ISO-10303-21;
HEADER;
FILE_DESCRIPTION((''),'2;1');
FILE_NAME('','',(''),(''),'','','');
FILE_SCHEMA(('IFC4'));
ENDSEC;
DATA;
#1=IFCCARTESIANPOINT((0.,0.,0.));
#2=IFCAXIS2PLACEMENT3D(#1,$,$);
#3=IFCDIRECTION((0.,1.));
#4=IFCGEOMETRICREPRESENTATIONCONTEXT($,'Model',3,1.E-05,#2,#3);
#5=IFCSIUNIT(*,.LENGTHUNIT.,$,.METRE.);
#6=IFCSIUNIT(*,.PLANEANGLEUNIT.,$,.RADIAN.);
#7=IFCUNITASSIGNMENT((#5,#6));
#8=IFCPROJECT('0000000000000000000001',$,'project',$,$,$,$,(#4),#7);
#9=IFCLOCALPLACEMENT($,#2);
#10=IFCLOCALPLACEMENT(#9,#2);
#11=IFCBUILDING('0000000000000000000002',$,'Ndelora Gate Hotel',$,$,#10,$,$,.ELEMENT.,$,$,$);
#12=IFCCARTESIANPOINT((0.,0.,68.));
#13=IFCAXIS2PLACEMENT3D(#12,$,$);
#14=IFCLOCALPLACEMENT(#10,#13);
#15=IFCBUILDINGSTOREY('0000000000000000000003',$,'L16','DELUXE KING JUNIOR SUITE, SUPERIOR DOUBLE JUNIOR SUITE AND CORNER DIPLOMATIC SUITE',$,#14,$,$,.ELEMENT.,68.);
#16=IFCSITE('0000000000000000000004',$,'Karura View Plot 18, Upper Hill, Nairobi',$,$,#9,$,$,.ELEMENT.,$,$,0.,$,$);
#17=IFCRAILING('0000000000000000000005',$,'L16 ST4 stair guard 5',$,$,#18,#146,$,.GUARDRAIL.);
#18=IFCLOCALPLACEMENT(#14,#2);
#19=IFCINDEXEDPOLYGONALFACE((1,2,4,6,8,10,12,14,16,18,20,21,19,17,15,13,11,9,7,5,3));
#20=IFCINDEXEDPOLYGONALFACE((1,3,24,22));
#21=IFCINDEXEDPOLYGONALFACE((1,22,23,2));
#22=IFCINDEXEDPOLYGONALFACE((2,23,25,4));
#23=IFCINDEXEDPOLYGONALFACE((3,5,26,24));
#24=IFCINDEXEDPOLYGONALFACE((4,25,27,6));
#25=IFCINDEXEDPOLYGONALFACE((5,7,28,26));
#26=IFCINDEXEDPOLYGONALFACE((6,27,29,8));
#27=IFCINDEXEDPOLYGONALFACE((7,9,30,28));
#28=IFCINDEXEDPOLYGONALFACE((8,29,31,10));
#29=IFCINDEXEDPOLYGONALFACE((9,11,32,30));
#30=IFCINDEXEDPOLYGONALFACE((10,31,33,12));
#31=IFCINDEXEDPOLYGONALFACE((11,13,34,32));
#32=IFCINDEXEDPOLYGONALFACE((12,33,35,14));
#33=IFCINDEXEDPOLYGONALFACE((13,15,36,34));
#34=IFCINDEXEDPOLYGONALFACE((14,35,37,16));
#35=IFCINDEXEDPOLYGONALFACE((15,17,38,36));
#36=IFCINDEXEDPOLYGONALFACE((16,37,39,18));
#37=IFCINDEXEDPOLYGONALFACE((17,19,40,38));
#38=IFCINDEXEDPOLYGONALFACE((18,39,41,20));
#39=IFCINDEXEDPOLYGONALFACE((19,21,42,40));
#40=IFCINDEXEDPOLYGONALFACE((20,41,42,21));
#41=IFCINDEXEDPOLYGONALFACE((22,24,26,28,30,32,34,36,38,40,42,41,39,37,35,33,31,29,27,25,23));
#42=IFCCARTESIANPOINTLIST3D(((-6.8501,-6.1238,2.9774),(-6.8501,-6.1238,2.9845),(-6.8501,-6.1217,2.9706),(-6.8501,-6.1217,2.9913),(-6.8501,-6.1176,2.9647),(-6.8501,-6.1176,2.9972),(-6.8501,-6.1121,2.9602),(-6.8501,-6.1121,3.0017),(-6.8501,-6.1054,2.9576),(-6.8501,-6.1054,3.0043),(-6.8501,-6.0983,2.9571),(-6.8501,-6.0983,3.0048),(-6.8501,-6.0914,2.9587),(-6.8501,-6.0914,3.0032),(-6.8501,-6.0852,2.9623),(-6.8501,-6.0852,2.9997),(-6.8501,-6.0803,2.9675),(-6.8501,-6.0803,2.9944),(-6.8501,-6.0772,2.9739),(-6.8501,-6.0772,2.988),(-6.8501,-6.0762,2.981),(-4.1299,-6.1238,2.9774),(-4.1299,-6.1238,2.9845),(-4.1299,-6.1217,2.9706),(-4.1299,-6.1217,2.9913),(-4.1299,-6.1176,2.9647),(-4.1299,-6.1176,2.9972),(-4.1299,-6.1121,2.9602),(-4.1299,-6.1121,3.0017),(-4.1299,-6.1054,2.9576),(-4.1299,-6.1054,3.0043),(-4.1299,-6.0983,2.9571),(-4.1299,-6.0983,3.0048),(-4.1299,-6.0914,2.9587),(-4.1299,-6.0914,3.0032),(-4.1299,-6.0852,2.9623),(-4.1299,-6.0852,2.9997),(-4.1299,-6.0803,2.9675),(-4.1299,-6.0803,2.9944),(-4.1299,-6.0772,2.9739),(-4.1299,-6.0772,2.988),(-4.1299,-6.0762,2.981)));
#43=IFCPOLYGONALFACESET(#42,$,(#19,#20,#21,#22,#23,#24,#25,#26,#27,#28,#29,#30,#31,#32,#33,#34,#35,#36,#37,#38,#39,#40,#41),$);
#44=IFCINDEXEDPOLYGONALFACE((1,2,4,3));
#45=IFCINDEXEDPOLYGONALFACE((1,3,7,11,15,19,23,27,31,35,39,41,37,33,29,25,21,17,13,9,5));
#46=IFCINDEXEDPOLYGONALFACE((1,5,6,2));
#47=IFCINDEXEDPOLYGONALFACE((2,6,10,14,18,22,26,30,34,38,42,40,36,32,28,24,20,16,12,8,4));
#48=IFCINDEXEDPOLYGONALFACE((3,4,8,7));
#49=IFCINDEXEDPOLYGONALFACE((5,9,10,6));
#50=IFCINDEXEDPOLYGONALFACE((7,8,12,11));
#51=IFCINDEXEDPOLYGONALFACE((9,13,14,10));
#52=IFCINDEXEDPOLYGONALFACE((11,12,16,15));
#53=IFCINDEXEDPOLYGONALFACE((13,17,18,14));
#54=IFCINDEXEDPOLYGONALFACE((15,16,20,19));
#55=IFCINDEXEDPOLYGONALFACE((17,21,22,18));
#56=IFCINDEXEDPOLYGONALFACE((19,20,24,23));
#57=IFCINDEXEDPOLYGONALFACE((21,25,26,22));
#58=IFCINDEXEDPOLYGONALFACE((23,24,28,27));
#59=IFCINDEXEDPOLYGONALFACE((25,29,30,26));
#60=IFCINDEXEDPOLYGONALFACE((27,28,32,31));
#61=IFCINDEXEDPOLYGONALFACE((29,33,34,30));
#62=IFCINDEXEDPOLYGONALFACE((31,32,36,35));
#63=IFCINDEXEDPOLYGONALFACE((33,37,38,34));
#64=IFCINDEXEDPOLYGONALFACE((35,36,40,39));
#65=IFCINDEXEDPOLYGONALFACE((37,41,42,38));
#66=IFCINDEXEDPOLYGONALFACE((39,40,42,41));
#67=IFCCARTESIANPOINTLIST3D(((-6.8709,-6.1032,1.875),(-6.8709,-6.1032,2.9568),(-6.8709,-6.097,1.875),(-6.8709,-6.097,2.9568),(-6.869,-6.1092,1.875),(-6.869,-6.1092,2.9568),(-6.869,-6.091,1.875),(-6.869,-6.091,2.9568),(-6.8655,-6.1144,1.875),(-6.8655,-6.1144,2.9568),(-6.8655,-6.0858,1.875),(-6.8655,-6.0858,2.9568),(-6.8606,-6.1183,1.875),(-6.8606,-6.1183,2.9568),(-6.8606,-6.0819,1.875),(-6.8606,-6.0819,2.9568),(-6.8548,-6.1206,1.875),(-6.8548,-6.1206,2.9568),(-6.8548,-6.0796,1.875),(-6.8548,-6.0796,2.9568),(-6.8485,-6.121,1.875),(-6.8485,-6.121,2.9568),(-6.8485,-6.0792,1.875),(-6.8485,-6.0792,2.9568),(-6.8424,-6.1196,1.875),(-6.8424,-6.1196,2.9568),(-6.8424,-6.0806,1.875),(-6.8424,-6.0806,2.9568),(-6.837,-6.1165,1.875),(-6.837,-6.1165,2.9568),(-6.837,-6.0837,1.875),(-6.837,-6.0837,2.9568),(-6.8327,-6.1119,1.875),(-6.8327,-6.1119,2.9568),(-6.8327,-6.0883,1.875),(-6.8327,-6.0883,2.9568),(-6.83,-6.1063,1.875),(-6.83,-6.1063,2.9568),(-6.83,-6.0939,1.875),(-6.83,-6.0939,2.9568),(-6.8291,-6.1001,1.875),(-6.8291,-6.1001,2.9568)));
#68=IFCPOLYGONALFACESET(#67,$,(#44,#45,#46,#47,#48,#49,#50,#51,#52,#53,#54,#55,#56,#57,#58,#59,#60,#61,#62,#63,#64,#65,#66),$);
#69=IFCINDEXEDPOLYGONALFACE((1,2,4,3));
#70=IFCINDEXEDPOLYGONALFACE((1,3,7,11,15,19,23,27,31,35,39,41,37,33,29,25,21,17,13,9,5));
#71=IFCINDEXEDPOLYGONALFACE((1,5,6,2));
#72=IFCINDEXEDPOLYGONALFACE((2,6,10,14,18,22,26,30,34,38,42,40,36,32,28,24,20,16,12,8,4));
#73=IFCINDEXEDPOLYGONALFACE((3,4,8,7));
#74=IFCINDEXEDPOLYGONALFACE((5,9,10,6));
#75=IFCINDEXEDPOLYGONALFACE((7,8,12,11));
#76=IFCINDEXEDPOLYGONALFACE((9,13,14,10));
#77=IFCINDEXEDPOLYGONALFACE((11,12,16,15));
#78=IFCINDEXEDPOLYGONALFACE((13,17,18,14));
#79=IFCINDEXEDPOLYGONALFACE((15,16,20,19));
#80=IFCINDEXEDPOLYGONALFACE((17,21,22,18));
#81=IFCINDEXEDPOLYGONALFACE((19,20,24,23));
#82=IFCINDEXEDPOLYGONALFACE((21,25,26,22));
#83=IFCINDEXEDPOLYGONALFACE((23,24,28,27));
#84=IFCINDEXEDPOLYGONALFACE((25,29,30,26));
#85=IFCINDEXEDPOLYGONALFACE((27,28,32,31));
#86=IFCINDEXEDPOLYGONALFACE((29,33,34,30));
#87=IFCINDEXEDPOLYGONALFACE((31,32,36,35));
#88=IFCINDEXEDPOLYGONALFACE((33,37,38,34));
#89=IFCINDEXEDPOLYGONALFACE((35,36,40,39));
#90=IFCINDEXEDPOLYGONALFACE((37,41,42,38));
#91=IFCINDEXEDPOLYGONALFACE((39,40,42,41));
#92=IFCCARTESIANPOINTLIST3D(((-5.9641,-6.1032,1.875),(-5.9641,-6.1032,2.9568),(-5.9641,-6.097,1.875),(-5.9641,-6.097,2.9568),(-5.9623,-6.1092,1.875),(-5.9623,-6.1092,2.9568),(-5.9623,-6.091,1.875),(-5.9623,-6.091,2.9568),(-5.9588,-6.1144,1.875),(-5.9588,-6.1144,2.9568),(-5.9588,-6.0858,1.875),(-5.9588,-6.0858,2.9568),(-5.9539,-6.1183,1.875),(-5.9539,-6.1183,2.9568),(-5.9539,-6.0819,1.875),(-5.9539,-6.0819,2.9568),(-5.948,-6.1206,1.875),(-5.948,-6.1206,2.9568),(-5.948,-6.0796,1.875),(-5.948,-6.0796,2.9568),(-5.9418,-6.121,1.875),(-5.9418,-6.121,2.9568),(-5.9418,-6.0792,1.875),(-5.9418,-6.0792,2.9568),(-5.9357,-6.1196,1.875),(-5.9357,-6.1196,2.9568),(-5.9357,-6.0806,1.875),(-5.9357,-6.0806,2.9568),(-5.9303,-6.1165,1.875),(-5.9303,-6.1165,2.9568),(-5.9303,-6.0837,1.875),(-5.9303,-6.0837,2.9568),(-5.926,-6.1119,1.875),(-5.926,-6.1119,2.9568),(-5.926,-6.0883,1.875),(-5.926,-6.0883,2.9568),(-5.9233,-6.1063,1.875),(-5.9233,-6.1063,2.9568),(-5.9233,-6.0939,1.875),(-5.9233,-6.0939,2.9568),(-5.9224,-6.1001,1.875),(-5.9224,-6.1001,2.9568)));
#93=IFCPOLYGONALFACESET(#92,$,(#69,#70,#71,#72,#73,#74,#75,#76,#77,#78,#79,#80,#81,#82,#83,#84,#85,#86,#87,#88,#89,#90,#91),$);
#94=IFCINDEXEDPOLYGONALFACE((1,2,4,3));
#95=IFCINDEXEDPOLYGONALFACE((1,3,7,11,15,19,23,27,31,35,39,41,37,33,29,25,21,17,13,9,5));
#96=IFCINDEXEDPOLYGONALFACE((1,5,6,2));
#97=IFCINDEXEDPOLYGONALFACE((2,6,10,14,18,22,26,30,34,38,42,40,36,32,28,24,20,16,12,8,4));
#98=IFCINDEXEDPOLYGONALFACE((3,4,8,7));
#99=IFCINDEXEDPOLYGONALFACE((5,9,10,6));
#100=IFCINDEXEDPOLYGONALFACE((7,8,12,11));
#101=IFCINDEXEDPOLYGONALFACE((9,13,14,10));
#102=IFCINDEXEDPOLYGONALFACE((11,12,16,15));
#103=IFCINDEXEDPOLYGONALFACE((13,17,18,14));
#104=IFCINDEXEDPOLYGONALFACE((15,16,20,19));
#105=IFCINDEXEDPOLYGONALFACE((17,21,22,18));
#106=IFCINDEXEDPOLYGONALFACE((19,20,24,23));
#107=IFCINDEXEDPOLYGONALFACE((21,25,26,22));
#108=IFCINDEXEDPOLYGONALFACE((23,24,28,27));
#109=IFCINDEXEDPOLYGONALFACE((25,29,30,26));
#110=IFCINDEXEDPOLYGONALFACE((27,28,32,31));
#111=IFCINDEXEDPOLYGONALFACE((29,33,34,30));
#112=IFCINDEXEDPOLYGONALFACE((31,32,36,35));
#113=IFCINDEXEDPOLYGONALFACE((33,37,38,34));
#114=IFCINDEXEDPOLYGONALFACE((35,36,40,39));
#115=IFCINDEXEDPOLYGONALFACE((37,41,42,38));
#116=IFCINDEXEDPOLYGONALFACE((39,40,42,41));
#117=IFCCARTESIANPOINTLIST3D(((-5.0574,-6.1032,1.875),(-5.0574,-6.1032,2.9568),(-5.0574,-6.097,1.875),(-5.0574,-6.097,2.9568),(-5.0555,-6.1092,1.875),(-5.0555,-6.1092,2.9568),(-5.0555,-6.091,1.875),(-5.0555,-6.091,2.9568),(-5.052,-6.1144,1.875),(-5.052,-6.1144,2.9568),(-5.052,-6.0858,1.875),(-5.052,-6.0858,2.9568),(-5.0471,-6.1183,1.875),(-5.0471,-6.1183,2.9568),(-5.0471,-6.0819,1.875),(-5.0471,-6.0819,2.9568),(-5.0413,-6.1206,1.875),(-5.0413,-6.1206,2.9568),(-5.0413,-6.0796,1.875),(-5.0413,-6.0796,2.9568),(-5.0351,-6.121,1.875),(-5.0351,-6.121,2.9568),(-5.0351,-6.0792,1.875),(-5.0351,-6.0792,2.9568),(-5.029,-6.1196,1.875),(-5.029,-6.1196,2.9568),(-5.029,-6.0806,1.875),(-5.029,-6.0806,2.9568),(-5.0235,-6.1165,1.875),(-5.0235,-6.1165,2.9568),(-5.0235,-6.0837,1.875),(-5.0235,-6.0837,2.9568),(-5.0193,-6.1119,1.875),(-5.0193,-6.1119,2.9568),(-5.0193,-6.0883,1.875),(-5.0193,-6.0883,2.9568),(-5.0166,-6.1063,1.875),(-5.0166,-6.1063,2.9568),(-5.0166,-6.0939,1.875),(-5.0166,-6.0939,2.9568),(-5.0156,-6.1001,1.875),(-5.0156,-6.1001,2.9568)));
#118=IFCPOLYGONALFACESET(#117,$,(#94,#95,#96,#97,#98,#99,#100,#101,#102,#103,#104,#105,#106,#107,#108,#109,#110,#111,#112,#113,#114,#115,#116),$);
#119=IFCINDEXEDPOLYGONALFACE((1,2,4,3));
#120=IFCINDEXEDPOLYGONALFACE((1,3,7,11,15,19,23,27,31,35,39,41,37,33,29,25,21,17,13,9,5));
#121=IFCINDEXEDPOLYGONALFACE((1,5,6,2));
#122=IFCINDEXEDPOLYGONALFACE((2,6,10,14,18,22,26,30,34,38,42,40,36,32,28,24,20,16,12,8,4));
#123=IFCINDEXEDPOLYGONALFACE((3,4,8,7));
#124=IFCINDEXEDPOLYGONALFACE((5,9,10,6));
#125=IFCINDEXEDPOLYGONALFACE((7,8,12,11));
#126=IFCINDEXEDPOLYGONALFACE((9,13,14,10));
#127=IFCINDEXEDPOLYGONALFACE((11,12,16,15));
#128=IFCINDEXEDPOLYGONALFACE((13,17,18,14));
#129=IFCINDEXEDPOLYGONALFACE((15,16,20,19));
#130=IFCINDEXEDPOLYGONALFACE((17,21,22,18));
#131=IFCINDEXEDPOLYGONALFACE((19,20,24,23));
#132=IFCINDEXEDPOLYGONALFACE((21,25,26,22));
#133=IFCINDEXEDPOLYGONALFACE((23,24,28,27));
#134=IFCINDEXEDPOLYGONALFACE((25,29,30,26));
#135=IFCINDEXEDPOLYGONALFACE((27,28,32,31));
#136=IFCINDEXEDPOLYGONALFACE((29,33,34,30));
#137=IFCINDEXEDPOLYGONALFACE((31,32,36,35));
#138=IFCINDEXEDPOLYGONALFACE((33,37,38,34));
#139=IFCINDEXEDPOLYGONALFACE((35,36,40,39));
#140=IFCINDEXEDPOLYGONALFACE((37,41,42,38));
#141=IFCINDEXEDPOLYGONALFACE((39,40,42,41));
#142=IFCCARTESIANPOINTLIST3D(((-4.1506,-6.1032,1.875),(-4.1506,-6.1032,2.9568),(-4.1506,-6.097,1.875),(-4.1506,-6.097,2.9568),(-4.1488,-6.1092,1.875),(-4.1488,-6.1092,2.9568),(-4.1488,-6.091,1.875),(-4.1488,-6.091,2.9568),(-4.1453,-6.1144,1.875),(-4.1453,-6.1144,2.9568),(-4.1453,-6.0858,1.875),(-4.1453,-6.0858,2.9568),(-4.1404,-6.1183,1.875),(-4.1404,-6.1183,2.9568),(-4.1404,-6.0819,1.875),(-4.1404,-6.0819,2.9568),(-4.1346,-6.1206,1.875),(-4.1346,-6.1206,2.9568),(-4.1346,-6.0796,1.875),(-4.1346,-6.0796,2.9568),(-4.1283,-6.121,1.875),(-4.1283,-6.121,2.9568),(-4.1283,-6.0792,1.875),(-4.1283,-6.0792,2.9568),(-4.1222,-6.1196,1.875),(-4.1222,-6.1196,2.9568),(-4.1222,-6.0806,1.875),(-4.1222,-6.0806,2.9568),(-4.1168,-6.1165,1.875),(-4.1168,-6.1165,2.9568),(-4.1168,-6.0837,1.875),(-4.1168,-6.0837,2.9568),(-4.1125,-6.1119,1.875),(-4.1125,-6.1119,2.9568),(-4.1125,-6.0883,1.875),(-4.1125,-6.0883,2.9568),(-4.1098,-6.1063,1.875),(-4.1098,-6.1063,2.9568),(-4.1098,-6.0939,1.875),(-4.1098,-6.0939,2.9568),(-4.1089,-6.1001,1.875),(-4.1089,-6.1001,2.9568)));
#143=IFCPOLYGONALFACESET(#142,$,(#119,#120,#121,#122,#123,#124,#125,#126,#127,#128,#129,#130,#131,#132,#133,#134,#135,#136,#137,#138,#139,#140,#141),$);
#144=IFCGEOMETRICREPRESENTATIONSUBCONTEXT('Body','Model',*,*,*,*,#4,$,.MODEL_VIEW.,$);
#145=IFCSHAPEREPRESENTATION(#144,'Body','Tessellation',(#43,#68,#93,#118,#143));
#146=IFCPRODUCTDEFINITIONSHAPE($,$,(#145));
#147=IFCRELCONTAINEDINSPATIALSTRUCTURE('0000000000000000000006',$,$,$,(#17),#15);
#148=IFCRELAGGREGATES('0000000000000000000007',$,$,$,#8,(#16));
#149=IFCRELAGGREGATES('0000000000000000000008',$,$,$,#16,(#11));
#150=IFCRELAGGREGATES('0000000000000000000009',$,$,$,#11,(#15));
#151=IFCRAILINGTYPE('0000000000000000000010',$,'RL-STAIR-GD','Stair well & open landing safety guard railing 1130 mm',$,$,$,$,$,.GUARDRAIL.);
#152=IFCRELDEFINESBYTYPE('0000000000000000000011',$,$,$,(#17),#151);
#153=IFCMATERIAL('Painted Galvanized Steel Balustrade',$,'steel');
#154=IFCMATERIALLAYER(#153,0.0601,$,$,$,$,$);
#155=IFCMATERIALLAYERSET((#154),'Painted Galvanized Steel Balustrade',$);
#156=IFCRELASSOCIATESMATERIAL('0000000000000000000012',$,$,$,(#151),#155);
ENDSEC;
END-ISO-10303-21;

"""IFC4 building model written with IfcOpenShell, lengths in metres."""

from ifc_helpers import new_model, si_unit, direction, frame, origin, origin_2d, place, context, subcontext, project, spatial, circle, extrude, material, layer, layer_set, type_object, element, save


model = new_model("IFC4")

# Units and contexts
model_context = context("Model", 3, precision=1e-05, world=origin(), true_north=direction((0.0, 1.0)))
body_context = subcontext(model_context, "Body", "Model", "MODEL_VIEW")
ifc_project = project(units=[si_unit("LENGTHUNIT", "METRE"), si_unit("PLANEANGLEUNIT", "RADIAN")], contexts=[model_context])

# Site, building, storey
site_placement = place(None, origin())
site = spatial("IfcSite", under=ifc_project, at=site_placement, Name="Karura View Plot 18, Upper Hill, Nairobi", CompositionType="ELEMENT", RefElevation=0.0)
building_placement = place(site_placement, origin())
building = spatial("IfcBuilding", under=site, at=building_placement, Name="Ndelora Gate Hotel", CompositionType="ELEMENT")
storey_placement = place(building_placement, frame((0.0, 0.0, 68.0)))
storey = spatial("IfcBuildingStorey", under=building, at=storey_placement, Name="L16", Description="DELUXE KING JUNIOR SUITE, SUPERIOR DOUBLE JUNIOR SUITE AND CORNER DIPLOMATIC SUITE", CompositionType="ELEMENT", Elevation=68.0)

# Railing
ifc_material_1 = material(Name="Painted Galvanized Steel Balustrade", Category="steel")
ifc_layer_1 = layer(ifc_material_1, 0.0601)
ifc_layer_set_1 = layer_set([ifc_layer_1], Name="Painted Galvanized Steel Balustrade")
railing_type_1 = type_object("IfcRailingType", Name="RL-STAIR-GD", Description="Stair well & open landing safety guard railing 1130 mm", PredefinedType="GUARDRAIL", material=ifc_layer_set_1)
railing_1_placement = place(storey_placement, frame((-6.8501, -6.1001, 1.875)))
element("IfcRailing", 1, at=railing_1_placement, inside=storey, type_object=railing_type_1, Name="L16 ST4 stair guard 5", PredefinedType="GUARDRAIL", context=body_context, shape_type="SweptSolid", body=[
    extrude(circle(Radius=0.0239, at=origin_2d()), frame((0.0, 0.0, 1.106), z_axis=(1.0, 0.0, 0.0), x_axis=(0.0, 1.0, 0.0)), (0.0, 0.0, 1.0), 2.7202),
    extrude(circle(Radius=0.021, at=origin_2d()), origin(), (0.0, 0.0, 1.0), 1.0818),
    extrude(circle(Radius=0.021, at=origin_2d()), frame((0.9067, 0.0, 0.0)), (0.0, 0.0, 1.0), 1.0818),
    extrude(circle(Radius=0.021, at=origin_2d()), frame((1.8135, 0.0, 0.0)), (0.0, 0.0, 1.0), 1.0818),
    extrude(circle(Radius=0.021, at=origin_2d()), frame((2.7202, 0.0, 0.0)), (0.0, 0.0, 1.0), 1.0818),
])

save(model, "model.ifc")
